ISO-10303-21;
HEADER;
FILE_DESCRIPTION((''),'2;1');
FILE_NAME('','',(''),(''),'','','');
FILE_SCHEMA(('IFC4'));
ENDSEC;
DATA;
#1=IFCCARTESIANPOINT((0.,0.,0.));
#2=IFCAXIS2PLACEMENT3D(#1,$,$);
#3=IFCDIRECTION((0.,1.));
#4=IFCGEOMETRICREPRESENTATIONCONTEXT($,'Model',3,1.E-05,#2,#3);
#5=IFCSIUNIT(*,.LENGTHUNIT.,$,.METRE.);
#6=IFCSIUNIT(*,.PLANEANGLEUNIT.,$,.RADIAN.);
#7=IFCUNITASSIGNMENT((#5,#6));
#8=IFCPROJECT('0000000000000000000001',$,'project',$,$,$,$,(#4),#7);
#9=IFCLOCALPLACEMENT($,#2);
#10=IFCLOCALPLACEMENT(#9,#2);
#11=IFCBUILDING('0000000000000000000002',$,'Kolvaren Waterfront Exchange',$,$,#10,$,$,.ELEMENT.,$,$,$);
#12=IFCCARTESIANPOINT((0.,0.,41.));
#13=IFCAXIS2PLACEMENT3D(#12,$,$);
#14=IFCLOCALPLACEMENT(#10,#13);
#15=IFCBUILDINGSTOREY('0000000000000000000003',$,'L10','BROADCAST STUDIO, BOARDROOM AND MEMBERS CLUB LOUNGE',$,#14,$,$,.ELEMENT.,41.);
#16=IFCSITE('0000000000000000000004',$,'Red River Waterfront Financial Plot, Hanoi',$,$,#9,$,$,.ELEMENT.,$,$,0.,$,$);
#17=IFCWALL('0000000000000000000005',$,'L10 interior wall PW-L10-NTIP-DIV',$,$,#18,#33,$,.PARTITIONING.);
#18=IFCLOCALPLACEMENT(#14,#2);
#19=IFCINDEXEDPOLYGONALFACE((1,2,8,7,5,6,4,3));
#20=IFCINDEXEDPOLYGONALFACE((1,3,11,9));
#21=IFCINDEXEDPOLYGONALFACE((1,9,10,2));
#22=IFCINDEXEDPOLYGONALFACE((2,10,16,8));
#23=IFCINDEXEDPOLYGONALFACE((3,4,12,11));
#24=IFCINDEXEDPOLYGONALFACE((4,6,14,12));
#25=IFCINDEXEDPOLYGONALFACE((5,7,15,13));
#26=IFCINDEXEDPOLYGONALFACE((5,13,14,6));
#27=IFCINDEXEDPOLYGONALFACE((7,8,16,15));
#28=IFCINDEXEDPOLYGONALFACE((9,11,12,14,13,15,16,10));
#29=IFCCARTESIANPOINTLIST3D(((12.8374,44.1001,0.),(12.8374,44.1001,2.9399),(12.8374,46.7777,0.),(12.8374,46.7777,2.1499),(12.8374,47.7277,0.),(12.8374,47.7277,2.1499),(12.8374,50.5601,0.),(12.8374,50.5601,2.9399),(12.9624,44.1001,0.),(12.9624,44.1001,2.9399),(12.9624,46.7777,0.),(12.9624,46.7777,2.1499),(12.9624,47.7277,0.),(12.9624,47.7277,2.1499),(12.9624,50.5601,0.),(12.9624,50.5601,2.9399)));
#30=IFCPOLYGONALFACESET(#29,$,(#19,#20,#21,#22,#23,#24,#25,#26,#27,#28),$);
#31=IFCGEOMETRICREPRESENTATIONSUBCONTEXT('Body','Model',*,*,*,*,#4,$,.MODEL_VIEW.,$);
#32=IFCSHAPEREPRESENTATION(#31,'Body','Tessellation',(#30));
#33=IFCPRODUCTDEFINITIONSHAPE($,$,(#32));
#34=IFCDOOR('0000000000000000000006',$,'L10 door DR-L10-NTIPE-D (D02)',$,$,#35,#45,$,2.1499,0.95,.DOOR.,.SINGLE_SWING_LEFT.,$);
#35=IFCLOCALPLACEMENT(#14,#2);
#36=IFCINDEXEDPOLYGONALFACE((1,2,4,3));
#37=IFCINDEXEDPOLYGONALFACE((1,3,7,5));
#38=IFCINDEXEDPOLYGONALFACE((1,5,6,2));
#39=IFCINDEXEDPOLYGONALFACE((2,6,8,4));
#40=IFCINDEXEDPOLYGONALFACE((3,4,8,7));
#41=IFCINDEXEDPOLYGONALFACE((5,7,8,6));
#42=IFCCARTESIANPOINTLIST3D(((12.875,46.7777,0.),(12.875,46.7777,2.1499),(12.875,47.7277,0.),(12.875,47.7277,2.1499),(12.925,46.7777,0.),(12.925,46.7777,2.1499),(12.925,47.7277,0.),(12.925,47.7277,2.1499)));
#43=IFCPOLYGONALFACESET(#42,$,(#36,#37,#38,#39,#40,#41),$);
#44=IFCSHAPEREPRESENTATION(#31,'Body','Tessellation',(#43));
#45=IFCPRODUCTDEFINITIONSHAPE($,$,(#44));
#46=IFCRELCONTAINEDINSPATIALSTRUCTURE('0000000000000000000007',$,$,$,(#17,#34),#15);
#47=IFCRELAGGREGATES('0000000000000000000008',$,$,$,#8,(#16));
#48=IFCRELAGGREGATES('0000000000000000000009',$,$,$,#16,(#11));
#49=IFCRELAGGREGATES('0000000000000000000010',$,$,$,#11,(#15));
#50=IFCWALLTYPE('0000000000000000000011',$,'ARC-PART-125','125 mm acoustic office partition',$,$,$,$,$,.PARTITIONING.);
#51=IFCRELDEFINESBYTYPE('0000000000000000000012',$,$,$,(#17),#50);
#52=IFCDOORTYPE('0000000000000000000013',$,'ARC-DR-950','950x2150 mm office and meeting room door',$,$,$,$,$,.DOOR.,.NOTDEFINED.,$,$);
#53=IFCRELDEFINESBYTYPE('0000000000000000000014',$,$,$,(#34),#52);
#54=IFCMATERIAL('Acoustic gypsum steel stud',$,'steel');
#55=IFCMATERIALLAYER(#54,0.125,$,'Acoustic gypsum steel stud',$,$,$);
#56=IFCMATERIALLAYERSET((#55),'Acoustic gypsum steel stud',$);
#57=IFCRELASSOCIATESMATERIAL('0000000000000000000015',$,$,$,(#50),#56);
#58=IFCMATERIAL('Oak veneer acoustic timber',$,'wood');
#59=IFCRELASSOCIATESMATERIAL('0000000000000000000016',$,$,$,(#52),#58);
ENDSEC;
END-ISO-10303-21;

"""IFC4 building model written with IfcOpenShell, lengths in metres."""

from ifc_helpers import new_model, si_unit, direction, frame, frame_2d, origin, place, context, subcontext, project, spatial, rectangle, extrude, material, layer, layer_set, type_object, element, fill, save


model = new_model("IFC4")

# Units and contexts
model_context = context("Model", 3, precision=1e-05, world=origin(), true_north=direction((0.0, 1.0)))
body_context = subcontext(model_context, "Body", "Model", "MODEL_VIEW")
ifc_project = project(units=[si_unit("LENGTHUNIT", "METRE"), si_unit("PLANEANGLEUNIT", "RADIAN")], contexts=[model_context])

# Site, building, storey
site_placement = place(None, origin())
site = spatial("IfcSite", under=ifc_project, at=site_placement, Name="Red River Waterfront Financial Plot, Hanoi", CompositionType="ELEMENT", RefElevation=0.0)
building_placement = place(site_placement, origin())
building = spatial("IfcBuilding", under=site, at=building_placement, Name="Kolvaren Waterfront Exchange", CompositionType="ELEMENT")
storey_placement = place(building_placement, frame((0.0, 0.0, 41.0)))
storey = spatial("IfcBuildingStorey", under=building, at=storey_placement, Name="L10", Description="BROADCAST STUDIO, BOARDROOM AND MEMBERS CLUB LOUNGE", CompositionType="ELEMENT", Elevation=41.0)

# Wall, opening, door
ifc_material_1 = material(Name="Acoustic gypsum steel stud", Category="steel")
ifc_layer_1 = layer(ifc_material_1, 0.125, Name="Acoustic gypsum steel stud")
ifc_layer_set_1 = layer_set([ifc_layer_1], Name="Acoustic gypsum steel stud")
wall_type_1 = type_object("IfcWallType", Name="ARC-PART-125", Description="125 mm acoustic office partition", PredefinedType="PARTITIONING", material=ifc_layer_set_1)
wall_1_placement = place(storey_placement, frame((12.8999, 44.1001, 0.0), z_axis=(0.0, 0.0, 1.0), x_axis=(0.0, 1.0, 0.0)))
wall_1 = element("IfcWall", 1, at=wall_1_placement, inside=storey, type_object=wall_type_1, Name="L10 interior wall PW-L10-NTIP-DIV", PredefinedType="PARTITIONING", context=body_context, shape_type="SweptSolid", body=[
    extrude(rectangle(XDim=6.46, YDim=0.125, at=frame_2d((3.23, 0.0))), origin(), (0.0, 0.0, 1.0), 2.9399),
])
opening_1_placement = place(wall_1_placement, frame((2.6775, 0.0, 0.0)))
opening_1 = element("IfcOpeningElement", 2, at=opening_1_placement, cuts=wall_1, PredefinedType="OPENING", context=body_context, shape_type="SweptSolid", body=[
    extrude(rectangle(XDim=0.95, YDim=2.1499, at=frame_2d((0.4751, 1.075))), frame((0.0, 0.0725, 0.0), z_axis=(0.0, -1.0, 0.0), x_axis=(1.0, 0.0, 0.0)), (0.0, 0.0, 1.0), 0.145),
])
ifc_material_2 = material(Name="Oak veneer acoustic timber", Category="wood")
door_type_1 = type_object("IfcDoorType", Name="ARC-DR-950", Description="950x2150 mm office and meeting room door", OperationType="NOTDEFINED", PredefinedType="DOOR", material=ifc_material_2)
door_1_placement = place(opening_1_placement, origin())
door_1 = element("IfcDoor", 3, at=door_1_placement, inside=storey, type_object=door_type_1, Name="L10 door DR-L10-NTIPE-D (D02)", OperationType="SINGLE_SWING_LEFT", OverallHeight=2.1499, OverallWidth=0.95, PredefinedType="DOOR", context=body_context, shape_type="SweptSolid", body=[
    extrude(rectangle(XDim=0.95, YDim=2.1499, at=frame_2d((0.4751, 1.075))), frame((0.0, 0.0249, 0.0), z_axis=(0.0, -1.0, 0.0), x_axis=(1.0, 0.0, 0.0)), (0.0, 0.0, 1.0), 0.05),
])
fill(opening_1, door_1)

save(model, "model.ifc")
